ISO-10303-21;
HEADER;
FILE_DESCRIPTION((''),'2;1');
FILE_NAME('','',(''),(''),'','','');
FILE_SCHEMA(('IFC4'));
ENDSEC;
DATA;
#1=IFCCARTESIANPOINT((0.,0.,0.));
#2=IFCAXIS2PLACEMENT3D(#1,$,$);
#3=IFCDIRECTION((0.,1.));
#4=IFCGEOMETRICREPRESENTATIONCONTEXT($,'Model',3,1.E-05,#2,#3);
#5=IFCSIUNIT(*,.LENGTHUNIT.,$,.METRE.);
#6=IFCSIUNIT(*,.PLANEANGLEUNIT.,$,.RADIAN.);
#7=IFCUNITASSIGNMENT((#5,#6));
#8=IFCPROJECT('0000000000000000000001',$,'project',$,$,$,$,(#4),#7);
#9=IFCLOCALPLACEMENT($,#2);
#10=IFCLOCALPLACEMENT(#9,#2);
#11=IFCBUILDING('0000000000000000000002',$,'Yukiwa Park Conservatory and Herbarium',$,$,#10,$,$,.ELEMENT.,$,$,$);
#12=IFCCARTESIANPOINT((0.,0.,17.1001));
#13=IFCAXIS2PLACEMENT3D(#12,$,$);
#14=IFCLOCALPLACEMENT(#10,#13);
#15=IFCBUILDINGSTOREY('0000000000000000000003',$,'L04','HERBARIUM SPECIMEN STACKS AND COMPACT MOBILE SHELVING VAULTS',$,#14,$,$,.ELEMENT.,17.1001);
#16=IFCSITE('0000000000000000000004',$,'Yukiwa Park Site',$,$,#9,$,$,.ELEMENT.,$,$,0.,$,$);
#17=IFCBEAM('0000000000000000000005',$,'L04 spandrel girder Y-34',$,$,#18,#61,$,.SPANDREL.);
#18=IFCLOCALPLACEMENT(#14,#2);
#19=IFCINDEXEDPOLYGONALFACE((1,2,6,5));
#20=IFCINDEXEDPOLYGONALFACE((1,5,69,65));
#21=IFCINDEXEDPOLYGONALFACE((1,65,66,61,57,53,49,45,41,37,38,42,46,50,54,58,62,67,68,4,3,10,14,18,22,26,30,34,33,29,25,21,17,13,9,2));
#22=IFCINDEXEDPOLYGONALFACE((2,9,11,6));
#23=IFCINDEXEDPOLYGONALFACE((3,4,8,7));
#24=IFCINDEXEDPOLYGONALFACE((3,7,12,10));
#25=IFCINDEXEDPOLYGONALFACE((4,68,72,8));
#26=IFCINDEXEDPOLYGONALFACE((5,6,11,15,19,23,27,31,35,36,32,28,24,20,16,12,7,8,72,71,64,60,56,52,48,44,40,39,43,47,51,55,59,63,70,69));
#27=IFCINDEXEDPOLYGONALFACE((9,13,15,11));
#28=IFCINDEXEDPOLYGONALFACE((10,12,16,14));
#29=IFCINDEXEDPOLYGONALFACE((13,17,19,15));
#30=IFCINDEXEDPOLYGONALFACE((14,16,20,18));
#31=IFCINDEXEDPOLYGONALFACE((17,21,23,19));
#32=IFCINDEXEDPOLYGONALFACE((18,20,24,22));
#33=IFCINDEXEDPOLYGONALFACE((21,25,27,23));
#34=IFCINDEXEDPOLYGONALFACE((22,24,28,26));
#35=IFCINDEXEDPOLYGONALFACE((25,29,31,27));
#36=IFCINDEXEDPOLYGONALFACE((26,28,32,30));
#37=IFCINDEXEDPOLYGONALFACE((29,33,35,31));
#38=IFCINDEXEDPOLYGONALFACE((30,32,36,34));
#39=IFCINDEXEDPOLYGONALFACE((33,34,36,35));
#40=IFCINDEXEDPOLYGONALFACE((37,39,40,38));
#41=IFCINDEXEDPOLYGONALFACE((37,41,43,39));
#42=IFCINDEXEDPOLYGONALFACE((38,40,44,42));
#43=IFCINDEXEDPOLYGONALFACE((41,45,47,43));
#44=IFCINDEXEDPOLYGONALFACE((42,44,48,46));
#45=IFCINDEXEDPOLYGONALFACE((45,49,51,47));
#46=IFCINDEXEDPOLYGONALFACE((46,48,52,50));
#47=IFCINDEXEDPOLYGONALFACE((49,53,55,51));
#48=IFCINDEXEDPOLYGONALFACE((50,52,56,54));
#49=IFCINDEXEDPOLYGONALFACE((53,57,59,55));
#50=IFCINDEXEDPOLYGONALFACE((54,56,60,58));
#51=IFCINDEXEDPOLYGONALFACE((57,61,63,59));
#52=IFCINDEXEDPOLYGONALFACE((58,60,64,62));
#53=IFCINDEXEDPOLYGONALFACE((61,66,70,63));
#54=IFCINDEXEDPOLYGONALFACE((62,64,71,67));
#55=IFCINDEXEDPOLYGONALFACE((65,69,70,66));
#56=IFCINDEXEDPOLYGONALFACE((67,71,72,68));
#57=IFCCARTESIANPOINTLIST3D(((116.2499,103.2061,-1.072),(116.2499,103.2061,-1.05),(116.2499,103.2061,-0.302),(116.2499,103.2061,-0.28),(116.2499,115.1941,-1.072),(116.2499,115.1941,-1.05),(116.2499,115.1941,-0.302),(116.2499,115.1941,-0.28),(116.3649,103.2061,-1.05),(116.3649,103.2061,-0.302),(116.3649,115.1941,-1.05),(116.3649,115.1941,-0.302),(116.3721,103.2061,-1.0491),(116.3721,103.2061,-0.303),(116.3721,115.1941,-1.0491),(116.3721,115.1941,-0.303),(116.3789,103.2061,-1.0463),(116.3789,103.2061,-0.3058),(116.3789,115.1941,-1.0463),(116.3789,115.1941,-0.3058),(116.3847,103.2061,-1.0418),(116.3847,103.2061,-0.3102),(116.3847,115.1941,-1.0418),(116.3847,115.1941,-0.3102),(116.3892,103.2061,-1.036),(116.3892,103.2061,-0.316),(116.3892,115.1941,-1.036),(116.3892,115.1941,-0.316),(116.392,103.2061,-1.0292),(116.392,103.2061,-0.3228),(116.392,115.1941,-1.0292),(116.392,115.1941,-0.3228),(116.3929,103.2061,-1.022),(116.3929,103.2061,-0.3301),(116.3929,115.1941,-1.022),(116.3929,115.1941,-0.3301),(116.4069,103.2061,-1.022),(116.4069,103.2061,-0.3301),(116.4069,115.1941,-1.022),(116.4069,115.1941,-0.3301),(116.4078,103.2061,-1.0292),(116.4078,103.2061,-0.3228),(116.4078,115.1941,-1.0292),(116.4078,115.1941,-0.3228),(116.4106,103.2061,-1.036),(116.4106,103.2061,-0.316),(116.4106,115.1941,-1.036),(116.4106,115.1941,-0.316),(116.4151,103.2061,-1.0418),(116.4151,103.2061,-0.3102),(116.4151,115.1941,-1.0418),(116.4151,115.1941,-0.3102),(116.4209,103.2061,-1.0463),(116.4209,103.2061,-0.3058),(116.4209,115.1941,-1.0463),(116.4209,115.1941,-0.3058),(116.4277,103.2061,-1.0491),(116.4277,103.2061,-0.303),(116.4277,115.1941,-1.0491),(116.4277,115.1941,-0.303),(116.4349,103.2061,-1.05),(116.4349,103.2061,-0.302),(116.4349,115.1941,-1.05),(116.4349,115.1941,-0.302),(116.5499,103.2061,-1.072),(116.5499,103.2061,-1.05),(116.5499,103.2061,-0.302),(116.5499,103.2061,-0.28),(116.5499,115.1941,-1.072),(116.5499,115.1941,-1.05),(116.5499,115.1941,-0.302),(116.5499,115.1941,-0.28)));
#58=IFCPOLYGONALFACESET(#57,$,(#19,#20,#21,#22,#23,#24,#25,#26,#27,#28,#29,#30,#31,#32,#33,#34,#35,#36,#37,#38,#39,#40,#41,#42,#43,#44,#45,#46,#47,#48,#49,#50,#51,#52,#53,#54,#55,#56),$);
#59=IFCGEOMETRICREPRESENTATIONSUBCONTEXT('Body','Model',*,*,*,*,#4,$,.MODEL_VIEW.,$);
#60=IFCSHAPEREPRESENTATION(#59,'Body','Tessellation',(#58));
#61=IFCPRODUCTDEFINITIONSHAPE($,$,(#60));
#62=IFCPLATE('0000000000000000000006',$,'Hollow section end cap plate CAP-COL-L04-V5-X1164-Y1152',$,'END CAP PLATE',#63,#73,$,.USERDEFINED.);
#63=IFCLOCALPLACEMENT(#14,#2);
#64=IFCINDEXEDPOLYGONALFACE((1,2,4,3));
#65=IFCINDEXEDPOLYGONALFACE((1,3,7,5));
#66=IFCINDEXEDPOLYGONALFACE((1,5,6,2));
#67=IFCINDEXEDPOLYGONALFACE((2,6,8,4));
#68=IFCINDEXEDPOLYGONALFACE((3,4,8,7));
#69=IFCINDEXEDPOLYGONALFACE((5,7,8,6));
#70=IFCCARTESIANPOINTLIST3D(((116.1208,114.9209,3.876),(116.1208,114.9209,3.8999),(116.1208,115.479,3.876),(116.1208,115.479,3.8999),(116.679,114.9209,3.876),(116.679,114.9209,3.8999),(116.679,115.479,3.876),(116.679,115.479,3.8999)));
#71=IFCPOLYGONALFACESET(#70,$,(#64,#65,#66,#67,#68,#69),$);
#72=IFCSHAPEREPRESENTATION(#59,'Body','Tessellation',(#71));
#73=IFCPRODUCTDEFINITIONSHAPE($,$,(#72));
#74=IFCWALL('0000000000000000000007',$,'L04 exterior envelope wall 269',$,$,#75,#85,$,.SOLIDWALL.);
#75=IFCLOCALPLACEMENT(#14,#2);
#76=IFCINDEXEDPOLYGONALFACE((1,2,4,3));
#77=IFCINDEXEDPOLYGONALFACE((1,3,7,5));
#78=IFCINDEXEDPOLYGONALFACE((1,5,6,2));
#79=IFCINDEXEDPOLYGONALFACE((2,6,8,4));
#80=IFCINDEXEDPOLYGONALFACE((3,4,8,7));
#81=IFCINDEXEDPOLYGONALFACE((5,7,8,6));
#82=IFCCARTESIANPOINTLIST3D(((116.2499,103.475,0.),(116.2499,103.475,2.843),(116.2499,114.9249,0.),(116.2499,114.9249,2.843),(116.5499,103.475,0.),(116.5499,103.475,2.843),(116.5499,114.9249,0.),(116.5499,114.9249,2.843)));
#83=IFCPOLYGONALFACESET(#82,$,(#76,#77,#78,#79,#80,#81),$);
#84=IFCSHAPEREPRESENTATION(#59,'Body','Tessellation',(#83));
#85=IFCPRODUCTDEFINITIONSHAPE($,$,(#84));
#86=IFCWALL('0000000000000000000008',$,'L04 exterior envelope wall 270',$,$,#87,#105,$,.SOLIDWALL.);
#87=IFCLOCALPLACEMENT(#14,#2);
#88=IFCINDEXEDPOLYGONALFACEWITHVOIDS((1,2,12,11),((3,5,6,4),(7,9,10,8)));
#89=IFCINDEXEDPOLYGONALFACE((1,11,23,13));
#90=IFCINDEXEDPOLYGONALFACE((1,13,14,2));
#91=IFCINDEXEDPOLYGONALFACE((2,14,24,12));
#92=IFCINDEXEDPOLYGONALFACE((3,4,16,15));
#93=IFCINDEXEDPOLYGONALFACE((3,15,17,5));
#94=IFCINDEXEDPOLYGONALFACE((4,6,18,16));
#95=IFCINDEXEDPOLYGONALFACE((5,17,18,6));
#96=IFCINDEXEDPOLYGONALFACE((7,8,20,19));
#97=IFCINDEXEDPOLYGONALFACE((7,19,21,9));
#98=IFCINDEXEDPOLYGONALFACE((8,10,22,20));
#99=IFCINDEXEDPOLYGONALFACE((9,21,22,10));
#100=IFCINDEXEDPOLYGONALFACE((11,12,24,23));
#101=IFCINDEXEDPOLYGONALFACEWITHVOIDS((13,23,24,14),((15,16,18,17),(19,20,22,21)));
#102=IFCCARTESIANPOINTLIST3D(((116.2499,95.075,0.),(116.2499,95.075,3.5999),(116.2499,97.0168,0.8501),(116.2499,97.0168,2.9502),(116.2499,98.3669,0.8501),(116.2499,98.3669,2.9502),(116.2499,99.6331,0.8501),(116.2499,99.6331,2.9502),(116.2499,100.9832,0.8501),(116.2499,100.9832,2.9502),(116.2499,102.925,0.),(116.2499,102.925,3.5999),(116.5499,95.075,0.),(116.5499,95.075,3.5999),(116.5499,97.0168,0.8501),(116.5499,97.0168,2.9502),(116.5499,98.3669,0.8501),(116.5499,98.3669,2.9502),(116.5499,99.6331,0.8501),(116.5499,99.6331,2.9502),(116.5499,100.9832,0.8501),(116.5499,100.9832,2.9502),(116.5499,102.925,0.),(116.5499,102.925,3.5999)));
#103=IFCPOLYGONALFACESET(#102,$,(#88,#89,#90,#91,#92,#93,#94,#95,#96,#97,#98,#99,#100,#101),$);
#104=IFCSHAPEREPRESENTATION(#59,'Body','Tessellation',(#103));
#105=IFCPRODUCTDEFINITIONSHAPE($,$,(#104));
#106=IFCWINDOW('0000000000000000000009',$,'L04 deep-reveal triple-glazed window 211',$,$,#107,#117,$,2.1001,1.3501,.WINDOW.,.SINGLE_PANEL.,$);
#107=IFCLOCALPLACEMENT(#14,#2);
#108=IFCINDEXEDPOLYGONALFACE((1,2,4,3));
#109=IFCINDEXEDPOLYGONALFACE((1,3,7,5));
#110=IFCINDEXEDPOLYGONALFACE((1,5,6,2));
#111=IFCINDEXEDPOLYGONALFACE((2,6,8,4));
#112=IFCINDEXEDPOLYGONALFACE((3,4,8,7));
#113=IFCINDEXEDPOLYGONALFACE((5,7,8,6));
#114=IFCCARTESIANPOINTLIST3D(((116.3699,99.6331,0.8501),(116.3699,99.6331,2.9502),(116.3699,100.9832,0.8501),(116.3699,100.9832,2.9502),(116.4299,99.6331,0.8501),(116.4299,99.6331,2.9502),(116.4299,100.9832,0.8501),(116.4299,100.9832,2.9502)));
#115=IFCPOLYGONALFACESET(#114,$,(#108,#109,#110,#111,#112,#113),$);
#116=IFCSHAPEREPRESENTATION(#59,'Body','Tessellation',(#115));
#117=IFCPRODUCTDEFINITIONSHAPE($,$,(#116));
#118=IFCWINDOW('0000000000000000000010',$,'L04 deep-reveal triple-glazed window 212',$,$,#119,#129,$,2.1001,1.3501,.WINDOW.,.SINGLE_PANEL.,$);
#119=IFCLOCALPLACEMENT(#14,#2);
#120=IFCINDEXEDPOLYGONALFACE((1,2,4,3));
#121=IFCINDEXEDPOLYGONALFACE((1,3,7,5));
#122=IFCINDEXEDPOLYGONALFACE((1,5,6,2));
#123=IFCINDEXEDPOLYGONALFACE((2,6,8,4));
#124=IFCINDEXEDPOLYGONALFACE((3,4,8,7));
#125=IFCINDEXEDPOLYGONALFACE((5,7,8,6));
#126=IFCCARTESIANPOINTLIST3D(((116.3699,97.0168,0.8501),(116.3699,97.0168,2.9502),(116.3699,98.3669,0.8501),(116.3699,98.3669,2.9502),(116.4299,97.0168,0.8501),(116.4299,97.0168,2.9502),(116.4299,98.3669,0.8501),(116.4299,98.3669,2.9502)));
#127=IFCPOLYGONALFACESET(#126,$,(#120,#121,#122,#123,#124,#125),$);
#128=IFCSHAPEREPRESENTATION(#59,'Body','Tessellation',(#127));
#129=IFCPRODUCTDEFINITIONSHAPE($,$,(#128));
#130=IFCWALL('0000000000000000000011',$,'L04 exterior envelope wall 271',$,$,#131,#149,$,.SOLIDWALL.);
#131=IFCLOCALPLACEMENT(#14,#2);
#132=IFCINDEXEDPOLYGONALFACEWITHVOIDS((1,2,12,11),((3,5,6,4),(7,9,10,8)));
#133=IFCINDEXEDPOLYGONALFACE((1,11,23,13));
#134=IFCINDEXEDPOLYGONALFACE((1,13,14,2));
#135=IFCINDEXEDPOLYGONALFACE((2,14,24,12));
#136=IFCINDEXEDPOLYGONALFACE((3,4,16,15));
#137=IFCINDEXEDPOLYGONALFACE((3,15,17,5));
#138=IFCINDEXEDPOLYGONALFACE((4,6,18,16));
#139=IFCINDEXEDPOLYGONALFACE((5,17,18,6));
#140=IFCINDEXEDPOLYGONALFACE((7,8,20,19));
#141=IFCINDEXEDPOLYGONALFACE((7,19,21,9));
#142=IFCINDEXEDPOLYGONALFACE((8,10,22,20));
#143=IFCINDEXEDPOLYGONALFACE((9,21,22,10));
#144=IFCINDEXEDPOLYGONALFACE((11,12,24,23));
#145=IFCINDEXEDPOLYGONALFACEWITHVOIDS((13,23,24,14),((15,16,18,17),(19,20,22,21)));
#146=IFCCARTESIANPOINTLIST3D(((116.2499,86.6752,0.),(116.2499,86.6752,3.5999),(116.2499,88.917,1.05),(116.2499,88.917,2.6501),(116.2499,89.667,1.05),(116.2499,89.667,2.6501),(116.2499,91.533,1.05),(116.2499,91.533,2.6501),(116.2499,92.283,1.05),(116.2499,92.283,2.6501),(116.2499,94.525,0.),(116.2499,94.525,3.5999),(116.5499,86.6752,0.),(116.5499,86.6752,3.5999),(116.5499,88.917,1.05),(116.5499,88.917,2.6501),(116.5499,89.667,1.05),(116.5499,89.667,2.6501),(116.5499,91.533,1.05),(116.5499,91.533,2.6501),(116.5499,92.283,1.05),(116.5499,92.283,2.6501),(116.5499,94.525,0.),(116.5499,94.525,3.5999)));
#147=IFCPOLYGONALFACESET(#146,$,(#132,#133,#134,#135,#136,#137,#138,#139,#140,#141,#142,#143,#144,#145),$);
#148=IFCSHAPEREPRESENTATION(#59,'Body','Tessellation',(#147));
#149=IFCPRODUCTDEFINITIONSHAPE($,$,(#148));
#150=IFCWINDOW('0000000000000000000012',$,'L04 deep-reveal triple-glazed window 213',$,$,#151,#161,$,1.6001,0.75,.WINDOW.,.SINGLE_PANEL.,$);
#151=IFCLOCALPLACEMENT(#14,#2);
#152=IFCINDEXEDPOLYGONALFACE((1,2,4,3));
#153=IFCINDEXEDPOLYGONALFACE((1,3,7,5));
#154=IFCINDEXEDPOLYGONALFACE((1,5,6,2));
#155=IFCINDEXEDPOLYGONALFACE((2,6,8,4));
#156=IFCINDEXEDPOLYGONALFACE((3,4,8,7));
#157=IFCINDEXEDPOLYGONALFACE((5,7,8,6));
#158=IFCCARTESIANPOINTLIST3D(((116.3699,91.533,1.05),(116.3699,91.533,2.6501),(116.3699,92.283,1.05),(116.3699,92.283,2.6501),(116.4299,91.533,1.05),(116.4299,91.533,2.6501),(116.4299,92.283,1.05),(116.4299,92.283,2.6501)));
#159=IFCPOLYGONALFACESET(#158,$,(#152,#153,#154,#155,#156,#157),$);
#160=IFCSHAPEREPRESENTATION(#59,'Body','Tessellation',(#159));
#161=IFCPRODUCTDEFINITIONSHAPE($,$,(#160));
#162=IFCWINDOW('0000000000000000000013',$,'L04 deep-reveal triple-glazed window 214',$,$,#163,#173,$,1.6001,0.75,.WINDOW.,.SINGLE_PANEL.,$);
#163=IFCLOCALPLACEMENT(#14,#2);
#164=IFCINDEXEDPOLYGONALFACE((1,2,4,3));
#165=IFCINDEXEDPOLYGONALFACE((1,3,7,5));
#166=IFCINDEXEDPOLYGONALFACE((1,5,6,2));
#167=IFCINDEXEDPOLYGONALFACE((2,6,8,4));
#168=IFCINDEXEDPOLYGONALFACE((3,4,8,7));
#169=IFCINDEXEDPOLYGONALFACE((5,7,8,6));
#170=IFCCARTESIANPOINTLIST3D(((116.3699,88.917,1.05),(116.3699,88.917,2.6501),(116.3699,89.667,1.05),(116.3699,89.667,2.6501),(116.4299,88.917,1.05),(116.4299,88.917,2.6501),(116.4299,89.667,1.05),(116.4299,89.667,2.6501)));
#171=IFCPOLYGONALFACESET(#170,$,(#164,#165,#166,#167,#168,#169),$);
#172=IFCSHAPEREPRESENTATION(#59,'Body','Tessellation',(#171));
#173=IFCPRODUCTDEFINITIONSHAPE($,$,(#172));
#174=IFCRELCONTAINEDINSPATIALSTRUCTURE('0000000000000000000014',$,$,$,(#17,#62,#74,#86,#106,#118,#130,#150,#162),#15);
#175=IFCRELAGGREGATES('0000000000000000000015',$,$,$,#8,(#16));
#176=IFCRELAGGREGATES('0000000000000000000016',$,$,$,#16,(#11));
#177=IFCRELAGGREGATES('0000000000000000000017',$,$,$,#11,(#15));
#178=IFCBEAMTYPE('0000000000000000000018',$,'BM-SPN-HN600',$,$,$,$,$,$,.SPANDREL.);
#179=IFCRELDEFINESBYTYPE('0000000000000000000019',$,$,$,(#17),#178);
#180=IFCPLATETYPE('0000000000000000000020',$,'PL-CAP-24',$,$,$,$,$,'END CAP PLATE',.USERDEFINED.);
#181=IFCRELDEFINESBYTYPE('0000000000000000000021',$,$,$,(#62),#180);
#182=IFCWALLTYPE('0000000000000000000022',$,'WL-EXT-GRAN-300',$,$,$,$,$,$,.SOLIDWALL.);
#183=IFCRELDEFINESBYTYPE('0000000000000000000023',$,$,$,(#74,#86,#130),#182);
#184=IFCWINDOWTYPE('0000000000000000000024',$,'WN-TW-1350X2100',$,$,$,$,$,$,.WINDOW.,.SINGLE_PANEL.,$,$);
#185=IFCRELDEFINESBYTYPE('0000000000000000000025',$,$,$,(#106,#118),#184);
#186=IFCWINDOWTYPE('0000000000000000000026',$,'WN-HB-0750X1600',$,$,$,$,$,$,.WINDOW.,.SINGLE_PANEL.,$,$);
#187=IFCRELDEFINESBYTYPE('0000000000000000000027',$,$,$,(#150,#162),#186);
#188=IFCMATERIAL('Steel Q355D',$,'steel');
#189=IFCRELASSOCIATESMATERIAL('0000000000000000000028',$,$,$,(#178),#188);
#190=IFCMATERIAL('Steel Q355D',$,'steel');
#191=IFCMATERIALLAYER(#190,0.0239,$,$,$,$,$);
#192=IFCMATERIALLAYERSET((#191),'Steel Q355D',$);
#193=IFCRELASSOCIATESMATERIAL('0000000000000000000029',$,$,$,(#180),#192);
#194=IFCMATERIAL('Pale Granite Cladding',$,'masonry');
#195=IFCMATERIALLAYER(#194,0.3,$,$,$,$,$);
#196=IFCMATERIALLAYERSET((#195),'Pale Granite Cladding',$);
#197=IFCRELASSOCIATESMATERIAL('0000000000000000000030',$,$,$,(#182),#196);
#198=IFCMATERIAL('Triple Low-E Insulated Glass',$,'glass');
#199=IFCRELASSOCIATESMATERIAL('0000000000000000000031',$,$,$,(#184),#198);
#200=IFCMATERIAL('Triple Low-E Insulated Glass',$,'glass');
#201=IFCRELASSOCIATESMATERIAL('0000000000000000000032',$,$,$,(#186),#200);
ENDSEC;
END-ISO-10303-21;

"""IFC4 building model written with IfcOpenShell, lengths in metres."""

from ifc_helpers import new_model, si_unit, direction, frame, frame_2d, origin, origin_2d, place, context, subcontext, project, spatial, rectangle, i_section, extrude, material, layer, layer_set, material_profile, profile_set, type_object, element, fill, save


model = new_model("IFC4")

# Units and contexts
model_context = context("Model", 3, precision=1e-05, world=origin(), true_north=direction((0.0, 1.0)))
body_context = subcontext(model_context, "Body", "Model", "MODEL_VIEW")
ifc_project = project(units=[si_unit("LENGTHUNIT", "METRE"), si_unit("PLANEANGLEUNIT", "RADIAN")], contexts=[model_context])

# Site, building, storey
site_placement = place(None, origin())
site = spatial("IfcSite", under=ifc_project, at=site_placement, Name="Yukiwa Park Site", CompositionType="ELEMENT", RefElevation=0.0)
building_placement = place(site_placement, origin())
building = spatial("IfcBuilding", under=site, at=building_placement, Name="Yukiwa Park Conservatory and Herbarium", CompositionType="ELEMENT")
storey_placement = place(building_placement, frame((0.0, 0.0, 17.1001)))
storey = spatial("IfcBuildingStorey", under=building, at=storey_placement, Name="L04", Description="HERBARIUM SPECIMEN STACKS AND COMPACT MOBILE SHELVING VAULTS", CompositionType="ELEMENT", Elevation=17.1001)

# Beam
ifc_material_1 = material(Name="Steel Q355D", Category="steel")
ifc_material_profile_1 = material_profile(ifc_material_1, i_section(OverallWidth=0.3, OverallDepth=0.792, WebThickness=0.0139, FlangeThickness=0.022, FilletRadius=0.0281, at=origin_2d()), Name="HN 792x300x14x22")
ifc_profile_set_1 = profile_set([ifc_material_profile_1], Name="Steel Q355D")
beam_type_1 = type_object("IfcBeamType", Name="BM-SPN-HN600", PredefinedType="SPANDREL", material=ifc_profile_set_1)
beam_1_placement = place(storey_placement, frame((116.3999, 103.2061, -0.676), z_axis=(0.0, 1.0, 0.0), x_axis=(-1.0, 0.0, 0.0)))
element("IfcBeam", 1, at=beam_1_placement, inside=storey, type_object=beam_type_1, Name="L04 spandrel girder Y-34", PredefinedType="SPANDREL", context=body_context, shape_type="SweptSolid", body=[
    extrude(i_section(OverallWidth=0.3, OverallDepth=0.792, WebThickness=0.0139, FlangeThickness=0.022, FilletRadius=0.0281, at=origin_2d()), origin(), (0.0, 0.0, 1.0), 11.988),
])

# Plate
ifc_material_2 = material(Name="Steel Q355D", Category="steel")
ifc_layer_1 = layer(ifc_material_2, 0.0239)
ifc_layer_set_1 = layer_set([ifc_layer_1], Name="Steel Q355D")
plate_type = type_object("IfcPlateType", Name="PL-CAP-24", ElementType="END CAP PLATE", PredefinedType="USERDEFINED", material=ifc_layer_set_1)
plate_placement = place(storey_placement, frame((116.3999, 115.2, 3.876), z_axis=(0.0, 0.0, 1.0), x_axis=(1.0, 0.0, 0.0)))
element("IfcPlate", 2, at=plate_placement, inside=storey, type_object=plate_type, Name="Hollow section end cap plate CAP-COL-L04-V5-X1164-Y1152", ObjectType="END CAP PLATE", PredefinedType="USERDEFINED", context=body_context, shape_type="SweptSolid", body=[
    extrude(rectangle(XDim=0.5581, YDim=0.5581, at=origin_2d()), origin(), (0.0, 0.0, 1.0), 0.0239),
])

# Wall
ifc_material_3 = material(Name="Pale Granite Cladding", Category="masonry")
ifc_layer_2 = layer(ifc_material_3, 0.3)
ifc_layer_set_2 = layer_set([ifc_layer_2], Name="Pale Granite Cladding")
wall_type_1 = type_object("IfcWallType", Name="WL-EXT-GRAN-300", PredefinedType="SOLIDWALL", material=ifc_layer_set_2)
wall_1_placement = place(storey_placement, frame((116.3999, 114.925, 0.0), z_axis=(0.0, 0.0, 1.0), x_axis=(0.0, -1.0, 0.0)))
element("IfcWall", 3, at=wall_1_placement, inside=storey, type_object=wall_type_1, Name="L04 exterior envelope wall 269", PredefinedType="SOLIDWALL", context=body_context, shape_type="SweptSolid", body=[
    extrude(rectangle(XDim=11.45, YDim=0.3, at=frame_2d((5.7251, 0.0))), origin(), (0.0, 0.0, 1.0), 2.843),
])

# Walls, openings, windows
wall_2_placement = place(storey_placement, frame((116.3999, 102.925, 0.0), z_axis=(0.0, 0.0, 1.0), x_axis=(0.0, -1.0, 0.0)))
wall_2 = element("IfcWall", 4, at=wall_2_placement, inside=storey, type_object=wall_type_1, Name="L04 exterior envelope wall 270", PredefinedType="SOLIDWALL", context=body_context, shape_type="SweptSolid", body=[
    extrude(rectangle(XDim=7.8501, YDim=0.3, at=frame_2d((3.925, 0.0))), origin(), (0.0, 0.0, 1.0), 3.5999),
])
opening_1_placement = place(wall_2_placement, frame((1.9419, 0.0, 0.8501)))
opening_1 = element("IfcOpeningElement", 5, at=opening_1_placement, cuts=wall_2, PredefinedType="OPENING", context=body_context, shape_type="SweptSolid", body=[
    extrude(rectangle(XDim=1.3501, YDim=2.1001, at=frame_2d((0.675, 1.05))), frame((0.0, 0.1602, 0.0), z_axis=(0.0, -1.0, 0.0), x_axis=(1.0, 0.0, 0.0)), (0.0, 0.0, 1.0), 0.3201),
])
opening_2_placement = place(wall_2_placement, frame((4.5581, 0.0, 0.8501)))
opening_2 = element("IfcOpeningElement", 6, at=opening_2_placement, cuts=wall_2, PredefinedType="OPENING", context=body_context, shape_type="SweptSolid", body=[
    extrude(rectangle(XDim=1.3501, YDim=2.1001, at=frame_2d((0.675, 1.05))), frame((0.0, 0.1602, 0.0), z_axis=(0.0, -1.0, 0.0), x_axis=(1.0, 0.0, 0.0)), (0.0, 0.0, 1.0), 0.3201),
])
ifc_material_4 = material(Name="Triple Low-E Insulated Glass", Category="glass")
window_type_1 = type_object("IfcWindowType", Name="WN-TW-1350X2100", PartitioningType="SINGLE_PANEL", PredefinedType="WINDOW", material=ifc_material_4)
window_1_placement = place(opening_1_placement, origin())
window_1 = element("IfcWindow", 7, at=window_1_placement, inside=storey, type_object=window_type_1, Name="L04 deep-reveal triple-glazed window 211", OverallHeight=2.1001, OverallWidth=1.3501, PartitioningType="SINGLE_PANEL", PredefinedType="WINDOW", context=body_context, shape_type="SweptSolid", body=[
    extrude(rectangle(XDim=1.3501, YDim=2.1001, at=frame_2d((0.675, 1.05))), frame((0.0, 0.03, 0.0), z_axis=(0.0, -1.0, 0.0), x_axis=(1.0, 0.0, 0.0)), (0.0, 0.0, 1.0), 0.0601),
])
fill(opening_1, window_1)
window_2_placement = place(opening_2_placement, origin())
window_2 = element("IfcWindow", 8, at=window_2_placement, inside=storey, type_object=window_type_1, Name="L04 deep-reveal triple-glazed window 212", OverallHeight=2.1001, OverallWidth=1.3501, PartitioningType="SINGLE_PANEL", PredefinedType="WINDOW", context=body_context, shape_type="SweptSolid", body=[
    extrude(rectangle(XDim=1.3501, YDim=2.1001, at=frame_2d((0.675, 1.05))), frame((0.0, 0.03, 0.0), z_axis=(0.0, -1.0, 0.0), x_axis=(1.0, 0.0, 0.0)), (0.0, 0.0, 1.0), 0.0601),
])
fill(opening_2, window_2)
wall_3_placement = place(storey_placement, frame((116.3999, 94.5249, 0.0), z_axis=(0.0, 0.0, 1.0), x_axis=(0.0, -1.0, 0.0)))
wall_3 = element("IfcWall", 9, at=wall_3_placement, inside=storey, type_object=wall_type_1, Name="L04 exterior envelope wall 271", PredefinedType="SOLIDWALL", context=body_context, shape_type="SweptSolid", body=[
    extrude(rectangle(XDim=7.8499, YDim=0.3, at=frame_2d((3.9248, 0.0))), origin(), (0.0, 0.0, 1.0), 3.5999),
])
opening_3_placement = place(wall_3_placement, frame((2.2419, 0.0, 1.05)))
opening_3 = element("IfcOpeningElement", 10, at=opening_3_placement, cuts=wall_3, PredefinedType="OPENING", context=body_context, shape_type="SweptSolid", body=[
    extrude(rectangle(XDim=0.75, YDim=1.6001, at=frame_2d((0.375, 0.8))), frame((0.0, 0.1602, 0.0), z_axis=(0.0, -1.0, 0.0), x_axis=(1.0, 0.0, 0.0)), (0.0, 0.0, 1.0), 0.3201),
])
opening_4_placement = place(wall_3_placement, frame((4.8579, 0.0, 1.05)))
opening_4 = element("IfcOpeningElement", 11, at=opening_4_placement, cuts=wall_3, PredefinedType="OPENING", context=body_context, shape_type="SweptSolid", body=[
    extrude(rectangle(XDim=0.75, YDim=1.6001, at=frame_2d((0.375, 0.8))), frame((0.0, 0.1602, 0.0), z_axis=(0.0, -1.0, 0.0), x_axis=(1.0, 0.0, 0.0)), (0.0, 0.0, 1.0), 0.3201),
])
ifc_material_5 = material(Name="Triple Low-E Insulated Glass", Category="glass")
window_type_2 = type_object("IfcWindowType", Name="WN-HB-0750X1600", PartitioningType="SINGLE_PANEL", PredefinedType="WINDOW", material=ifc_material_5)
window_3_placement = place(opening_3_placement, origin())
window_3 = element("IfcWindow", 12, at=window_3_placement, inside=storey, type_object=window_type_2, Name="L04 deep-reveal triple-glazed window 213", OverallHeight=1.6001, OverallWidth=0.75, PartitioningType="SINGLE_PANEL", PredefinedType="WINDOW", context=body_context, shape_type="SweptSolid", body=[
    extrude(rectangle(XDim=0.75, YDim=1.6001, at=frame_2d((0.375, 0.8))), frame((0.0, 0.03, 0.0), z_axis=(0.0, -1.0, 0.0), x_axis=(1.0, 0.0, 0.0)), (0.0, 0.0, 1.0), 0.0601),
])
fill(opening_3, window_3)
window_4_placement = place(opening_4_placement, origin())
window_4 = element("IfcWindow", 13, at=window_4_placement, inside=storey, type_object=window_type_2, Name="L04 deep-reveal triple-glazed window 214", OverallHeight=1.6001, OverallWidth=0.75, PartitioningType="SINGLE_PANEL", PredefinedType="WINDOW", context=body_context, shape_type="SweptSolid", body=[
    extrude(rectangle(XDim=0.75, YDim=1.6001, at=frame_2d((0.375, 0.8))), frame((0.0, 0.03, 0.0), z_axis=(0.0, -1.0, 0.0), x_axis=(1.0, 0.0, 0.0)), (0.0, 0.0, 1.0), 0.0601),
])
fill(opening_4, window_4)

save(model, "model.ifc")
